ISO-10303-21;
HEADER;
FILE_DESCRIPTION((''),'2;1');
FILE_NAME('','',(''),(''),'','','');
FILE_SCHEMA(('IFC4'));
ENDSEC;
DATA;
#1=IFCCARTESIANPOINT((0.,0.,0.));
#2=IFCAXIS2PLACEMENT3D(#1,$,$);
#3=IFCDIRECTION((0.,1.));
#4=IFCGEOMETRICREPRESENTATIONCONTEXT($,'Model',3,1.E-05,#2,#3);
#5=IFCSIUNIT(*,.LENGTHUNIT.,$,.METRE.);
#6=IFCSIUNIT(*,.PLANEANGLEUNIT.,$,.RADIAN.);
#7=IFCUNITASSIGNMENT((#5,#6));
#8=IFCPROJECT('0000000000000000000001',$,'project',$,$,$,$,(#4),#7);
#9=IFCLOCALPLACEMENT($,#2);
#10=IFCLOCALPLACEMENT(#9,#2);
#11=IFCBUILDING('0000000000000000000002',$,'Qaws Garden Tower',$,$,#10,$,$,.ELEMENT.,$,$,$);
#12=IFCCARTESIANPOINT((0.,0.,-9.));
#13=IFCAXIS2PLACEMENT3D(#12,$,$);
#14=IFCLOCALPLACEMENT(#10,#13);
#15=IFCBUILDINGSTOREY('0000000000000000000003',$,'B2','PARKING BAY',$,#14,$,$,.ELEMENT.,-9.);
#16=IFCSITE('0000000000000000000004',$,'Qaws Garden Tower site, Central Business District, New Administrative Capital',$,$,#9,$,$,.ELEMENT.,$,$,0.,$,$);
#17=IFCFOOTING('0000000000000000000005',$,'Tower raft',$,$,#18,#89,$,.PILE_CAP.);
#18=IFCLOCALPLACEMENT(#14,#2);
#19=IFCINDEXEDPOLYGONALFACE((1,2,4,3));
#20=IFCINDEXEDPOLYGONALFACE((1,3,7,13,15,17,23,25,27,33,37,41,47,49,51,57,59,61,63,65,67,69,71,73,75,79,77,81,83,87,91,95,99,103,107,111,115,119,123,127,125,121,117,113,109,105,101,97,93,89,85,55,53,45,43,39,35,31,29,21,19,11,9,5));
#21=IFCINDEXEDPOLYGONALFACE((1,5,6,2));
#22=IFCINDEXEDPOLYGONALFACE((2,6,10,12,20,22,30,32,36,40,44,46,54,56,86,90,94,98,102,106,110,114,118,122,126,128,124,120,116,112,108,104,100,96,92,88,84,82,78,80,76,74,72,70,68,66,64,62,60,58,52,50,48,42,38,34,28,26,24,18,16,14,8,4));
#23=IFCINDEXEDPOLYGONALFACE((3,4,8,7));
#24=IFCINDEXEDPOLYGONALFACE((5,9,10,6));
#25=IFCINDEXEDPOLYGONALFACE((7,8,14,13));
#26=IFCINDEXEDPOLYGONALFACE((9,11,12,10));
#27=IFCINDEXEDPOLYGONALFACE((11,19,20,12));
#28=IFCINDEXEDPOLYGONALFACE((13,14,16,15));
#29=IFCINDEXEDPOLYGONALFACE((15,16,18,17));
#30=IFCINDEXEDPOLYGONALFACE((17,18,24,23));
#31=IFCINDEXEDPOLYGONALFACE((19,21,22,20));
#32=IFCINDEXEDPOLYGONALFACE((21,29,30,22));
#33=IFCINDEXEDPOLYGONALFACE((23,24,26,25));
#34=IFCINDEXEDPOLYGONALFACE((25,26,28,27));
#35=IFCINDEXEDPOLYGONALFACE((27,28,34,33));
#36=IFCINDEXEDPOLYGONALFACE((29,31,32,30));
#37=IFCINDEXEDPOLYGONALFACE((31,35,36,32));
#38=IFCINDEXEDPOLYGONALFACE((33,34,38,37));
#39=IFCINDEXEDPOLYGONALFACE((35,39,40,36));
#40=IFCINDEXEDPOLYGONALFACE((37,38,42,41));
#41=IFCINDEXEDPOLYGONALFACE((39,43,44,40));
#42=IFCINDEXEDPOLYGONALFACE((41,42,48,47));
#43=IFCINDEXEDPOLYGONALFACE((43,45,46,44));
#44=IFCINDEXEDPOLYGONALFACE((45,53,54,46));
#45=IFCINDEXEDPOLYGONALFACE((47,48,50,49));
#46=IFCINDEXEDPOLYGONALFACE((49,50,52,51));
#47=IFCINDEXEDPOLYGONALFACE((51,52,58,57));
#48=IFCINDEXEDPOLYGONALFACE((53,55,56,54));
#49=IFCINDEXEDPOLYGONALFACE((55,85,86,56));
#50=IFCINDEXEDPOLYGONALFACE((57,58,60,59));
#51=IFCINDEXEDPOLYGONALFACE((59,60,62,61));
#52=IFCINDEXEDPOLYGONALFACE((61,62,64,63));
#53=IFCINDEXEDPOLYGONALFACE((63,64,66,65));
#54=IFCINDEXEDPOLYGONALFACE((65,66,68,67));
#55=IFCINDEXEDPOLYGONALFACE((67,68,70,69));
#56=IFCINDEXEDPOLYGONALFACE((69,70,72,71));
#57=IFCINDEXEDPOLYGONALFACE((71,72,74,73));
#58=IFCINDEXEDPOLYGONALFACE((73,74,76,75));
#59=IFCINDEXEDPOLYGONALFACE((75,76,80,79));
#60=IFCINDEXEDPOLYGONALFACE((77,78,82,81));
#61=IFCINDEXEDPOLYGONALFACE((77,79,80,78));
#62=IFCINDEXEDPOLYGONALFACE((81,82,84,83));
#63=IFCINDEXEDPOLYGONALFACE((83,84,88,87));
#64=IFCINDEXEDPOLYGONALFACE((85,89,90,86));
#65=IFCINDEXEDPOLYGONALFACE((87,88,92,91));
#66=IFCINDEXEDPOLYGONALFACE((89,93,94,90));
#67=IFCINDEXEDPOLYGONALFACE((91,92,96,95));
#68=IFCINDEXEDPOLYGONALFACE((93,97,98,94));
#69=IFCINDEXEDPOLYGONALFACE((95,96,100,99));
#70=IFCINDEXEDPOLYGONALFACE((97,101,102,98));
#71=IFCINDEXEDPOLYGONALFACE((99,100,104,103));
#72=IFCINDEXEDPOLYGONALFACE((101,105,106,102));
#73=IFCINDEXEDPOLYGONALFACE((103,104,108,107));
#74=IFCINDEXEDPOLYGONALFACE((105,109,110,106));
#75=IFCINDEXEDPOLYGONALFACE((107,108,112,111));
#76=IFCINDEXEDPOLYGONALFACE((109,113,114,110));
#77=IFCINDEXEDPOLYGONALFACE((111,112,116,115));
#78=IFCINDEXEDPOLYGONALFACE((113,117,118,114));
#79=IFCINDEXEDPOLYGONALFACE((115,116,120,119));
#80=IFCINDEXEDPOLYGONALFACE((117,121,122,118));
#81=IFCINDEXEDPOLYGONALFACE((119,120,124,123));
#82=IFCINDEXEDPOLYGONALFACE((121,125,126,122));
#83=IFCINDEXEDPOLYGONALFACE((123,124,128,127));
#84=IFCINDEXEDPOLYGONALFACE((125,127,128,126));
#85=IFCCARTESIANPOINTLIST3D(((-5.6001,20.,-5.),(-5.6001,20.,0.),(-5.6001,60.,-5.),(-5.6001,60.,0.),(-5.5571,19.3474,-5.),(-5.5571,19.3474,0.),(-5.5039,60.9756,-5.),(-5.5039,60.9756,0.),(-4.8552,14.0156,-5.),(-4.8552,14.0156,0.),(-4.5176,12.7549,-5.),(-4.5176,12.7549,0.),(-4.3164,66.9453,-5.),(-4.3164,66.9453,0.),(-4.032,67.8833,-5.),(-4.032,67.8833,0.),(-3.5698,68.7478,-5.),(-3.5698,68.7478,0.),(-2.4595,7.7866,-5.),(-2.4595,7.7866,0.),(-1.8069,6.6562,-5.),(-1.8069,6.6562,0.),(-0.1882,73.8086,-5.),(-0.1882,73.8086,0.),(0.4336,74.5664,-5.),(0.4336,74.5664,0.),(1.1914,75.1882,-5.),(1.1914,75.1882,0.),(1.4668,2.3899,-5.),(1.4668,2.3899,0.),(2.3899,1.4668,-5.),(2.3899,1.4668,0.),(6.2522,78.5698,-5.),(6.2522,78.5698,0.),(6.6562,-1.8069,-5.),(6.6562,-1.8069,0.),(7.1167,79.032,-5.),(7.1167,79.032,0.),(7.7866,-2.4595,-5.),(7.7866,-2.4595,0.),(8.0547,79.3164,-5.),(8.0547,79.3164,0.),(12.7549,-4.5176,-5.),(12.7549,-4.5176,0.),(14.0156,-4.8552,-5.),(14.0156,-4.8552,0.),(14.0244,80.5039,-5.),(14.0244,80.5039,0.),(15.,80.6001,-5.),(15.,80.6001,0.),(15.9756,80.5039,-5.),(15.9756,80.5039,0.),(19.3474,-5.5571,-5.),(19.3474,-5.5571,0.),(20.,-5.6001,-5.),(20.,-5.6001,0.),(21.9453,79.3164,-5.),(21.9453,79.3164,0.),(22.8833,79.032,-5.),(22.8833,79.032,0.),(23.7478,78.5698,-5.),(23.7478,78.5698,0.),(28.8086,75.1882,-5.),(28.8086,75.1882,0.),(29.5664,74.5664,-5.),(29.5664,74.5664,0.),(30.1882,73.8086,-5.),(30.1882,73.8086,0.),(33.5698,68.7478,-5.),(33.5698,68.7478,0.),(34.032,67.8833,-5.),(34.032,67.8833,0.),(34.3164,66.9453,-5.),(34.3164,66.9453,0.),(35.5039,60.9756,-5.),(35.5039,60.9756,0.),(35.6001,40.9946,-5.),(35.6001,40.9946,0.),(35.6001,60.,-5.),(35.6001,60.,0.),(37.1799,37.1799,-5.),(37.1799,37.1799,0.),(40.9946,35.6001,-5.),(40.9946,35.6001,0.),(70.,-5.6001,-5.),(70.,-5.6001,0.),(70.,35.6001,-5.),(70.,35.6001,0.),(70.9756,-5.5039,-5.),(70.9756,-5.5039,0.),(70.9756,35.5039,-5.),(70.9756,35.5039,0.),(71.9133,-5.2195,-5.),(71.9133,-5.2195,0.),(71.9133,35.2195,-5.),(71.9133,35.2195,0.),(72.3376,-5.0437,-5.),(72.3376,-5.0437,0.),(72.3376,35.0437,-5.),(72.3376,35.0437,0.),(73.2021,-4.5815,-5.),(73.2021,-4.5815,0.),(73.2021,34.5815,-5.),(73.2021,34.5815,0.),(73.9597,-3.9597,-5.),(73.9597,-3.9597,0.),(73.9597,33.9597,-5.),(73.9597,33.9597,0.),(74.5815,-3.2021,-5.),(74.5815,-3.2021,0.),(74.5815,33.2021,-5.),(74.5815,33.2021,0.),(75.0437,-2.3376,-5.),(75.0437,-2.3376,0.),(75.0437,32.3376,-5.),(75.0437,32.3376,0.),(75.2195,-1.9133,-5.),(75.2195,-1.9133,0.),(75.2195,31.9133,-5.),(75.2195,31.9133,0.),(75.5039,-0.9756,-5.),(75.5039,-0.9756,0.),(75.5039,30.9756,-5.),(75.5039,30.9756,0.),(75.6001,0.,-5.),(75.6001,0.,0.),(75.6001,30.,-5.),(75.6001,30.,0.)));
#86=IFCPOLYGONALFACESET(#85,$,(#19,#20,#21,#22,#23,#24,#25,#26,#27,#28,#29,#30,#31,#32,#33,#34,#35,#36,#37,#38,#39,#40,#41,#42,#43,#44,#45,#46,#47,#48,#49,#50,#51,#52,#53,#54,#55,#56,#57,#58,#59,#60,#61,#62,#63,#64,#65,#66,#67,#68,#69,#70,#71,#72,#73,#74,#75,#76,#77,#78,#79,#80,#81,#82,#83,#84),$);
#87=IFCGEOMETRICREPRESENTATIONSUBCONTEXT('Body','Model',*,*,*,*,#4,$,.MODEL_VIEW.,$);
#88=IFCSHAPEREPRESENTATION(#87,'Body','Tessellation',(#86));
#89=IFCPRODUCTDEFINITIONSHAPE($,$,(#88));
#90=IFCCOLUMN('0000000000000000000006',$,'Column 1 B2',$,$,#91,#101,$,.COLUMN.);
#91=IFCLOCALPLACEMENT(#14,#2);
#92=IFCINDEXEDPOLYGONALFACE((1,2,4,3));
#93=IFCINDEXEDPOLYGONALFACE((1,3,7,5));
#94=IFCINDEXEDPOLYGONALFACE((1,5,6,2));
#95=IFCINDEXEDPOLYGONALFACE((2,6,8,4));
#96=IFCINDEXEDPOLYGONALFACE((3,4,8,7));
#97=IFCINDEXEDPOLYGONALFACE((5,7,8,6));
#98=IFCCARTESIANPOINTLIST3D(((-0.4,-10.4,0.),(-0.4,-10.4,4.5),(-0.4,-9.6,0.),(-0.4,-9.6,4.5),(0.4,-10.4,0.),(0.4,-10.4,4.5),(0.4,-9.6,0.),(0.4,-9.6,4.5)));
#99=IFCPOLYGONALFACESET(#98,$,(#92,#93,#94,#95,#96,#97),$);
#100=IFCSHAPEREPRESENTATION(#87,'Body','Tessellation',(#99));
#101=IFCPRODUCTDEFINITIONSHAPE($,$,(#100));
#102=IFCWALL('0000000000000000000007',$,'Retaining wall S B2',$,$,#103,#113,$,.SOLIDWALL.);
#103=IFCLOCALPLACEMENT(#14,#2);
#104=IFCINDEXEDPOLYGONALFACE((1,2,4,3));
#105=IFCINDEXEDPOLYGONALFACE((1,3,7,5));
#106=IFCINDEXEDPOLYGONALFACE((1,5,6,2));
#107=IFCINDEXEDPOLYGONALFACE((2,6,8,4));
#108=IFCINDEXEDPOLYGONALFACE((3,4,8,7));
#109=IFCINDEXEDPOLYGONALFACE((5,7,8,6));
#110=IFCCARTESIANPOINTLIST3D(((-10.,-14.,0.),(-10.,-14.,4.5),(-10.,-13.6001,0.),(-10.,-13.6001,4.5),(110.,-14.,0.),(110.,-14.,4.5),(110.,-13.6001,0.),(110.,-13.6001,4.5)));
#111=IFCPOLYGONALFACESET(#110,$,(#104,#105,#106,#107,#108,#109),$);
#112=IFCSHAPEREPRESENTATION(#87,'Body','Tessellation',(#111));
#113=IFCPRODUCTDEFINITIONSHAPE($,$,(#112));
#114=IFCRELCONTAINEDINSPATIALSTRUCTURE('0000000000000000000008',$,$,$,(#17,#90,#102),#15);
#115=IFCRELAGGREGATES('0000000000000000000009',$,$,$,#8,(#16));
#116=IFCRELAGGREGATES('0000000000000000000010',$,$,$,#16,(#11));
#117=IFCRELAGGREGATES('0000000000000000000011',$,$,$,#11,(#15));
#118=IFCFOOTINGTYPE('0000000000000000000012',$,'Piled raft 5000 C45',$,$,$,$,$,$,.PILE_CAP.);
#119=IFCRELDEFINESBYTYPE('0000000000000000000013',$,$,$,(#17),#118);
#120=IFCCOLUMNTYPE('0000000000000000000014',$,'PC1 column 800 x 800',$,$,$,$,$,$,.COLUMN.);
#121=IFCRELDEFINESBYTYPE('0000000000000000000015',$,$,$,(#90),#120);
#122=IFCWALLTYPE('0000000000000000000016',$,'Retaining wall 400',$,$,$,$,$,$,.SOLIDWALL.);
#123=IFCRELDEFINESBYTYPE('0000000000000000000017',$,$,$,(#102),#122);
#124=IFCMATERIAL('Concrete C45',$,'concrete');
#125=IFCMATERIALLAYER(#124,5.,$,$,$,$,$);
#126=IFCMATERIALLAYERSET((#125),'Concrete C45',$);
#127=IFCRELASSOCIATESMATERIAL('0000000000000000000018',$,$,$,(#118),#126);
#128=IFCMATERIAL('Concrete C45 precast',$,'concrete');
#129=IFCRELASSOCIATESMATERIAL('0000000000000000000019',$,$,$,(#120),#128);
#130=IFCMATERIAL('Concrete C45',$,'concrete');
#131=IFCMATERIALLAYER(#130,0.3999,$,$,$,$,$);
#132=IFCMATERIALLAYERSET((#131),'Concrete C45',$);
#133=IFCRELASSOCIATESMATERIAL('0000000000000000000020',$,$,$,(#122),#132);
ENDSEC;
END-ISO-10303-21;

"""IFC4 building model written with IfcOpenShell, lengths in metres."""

from ifc_helpers import new_model, si_unit, direction, frame, frame_2d, origin, origin_2d, place, context, subcontext, project, spatial, polyline, rectangle, outline, extrude, material, layer, layer_set, material_profile, profile_set, type_object, element, save


model = new_model("IFC4")

# Units and contexts
model_context = context("Model", 3, precision=1e-05, world=origin(), true_north=direction((0.0, 1.0)))
body_context = subcontext(model_context, "Body", "Model", "MODEL_VIEW")
ifc_project = project(units=[si_unit("LENGTHUNIT", "METRE"), si_unit("PLANEANGLEUNIT", "RADIAN")], contexts=[model_context])

# Site, building, storey
site_placement = place(None, origin())
site = spatial("IfcSite", under=ifc_project, at=site_placement, Name="Qaws Garden Tower site, Central Business District, New Administrative Capital", CompositionType="ELEMENT", RefElevation=0.0)
building_placement = place(site_placement, origin())
building = spatial("IfcBuilding", under=site, at=building_placement, Name="Qaws Garden Tower", CompositionType="ELEMENT")
storey_placement = place(building_placement, frame((0.0, 0.0, -9.0)))
storey = spatial("IfcBuildingStorey", under=building, at=storey_placement, Name="B2", Description="PARKING BAY", CompositionType="ELEMENT", Elevation=-9.0)

# Footing
ifc_material_1 = material(Name="Concrete C45", Category="concrete")
ifc_layer_1 = layer(ifc_material_1, 5.0)
ifc_layer_set_1 = layer_set([ifc_layer_1], Name="Concrete C45")
footing_type_1 = type_object("IfcFootingType", Name="Piled raft 5000 C45", PredefinedType="PILE_CAP", material=ifc_layer_set_1)
footing_1_placement = place(storey_placement, frame((0.0, 0.0, -5.0)))
element("IfcFooting", 1, at=footing_1_placement, inside=storey, type_object=footing_type_1, Name="Tower raft", PredefinedType="PILE_CAP", context=body_context, shape_type="SweptSolid", body=[
    extrude(outline(polyline([(-1.8069, 6.6562), (-2.4595, 7.7866), (-4.5176, 12.7549), (-4.8552, 14.0156), (-5.5571, 19.3474), (-5.6001, 20.0), (-5.6001, 60.0), (-5.5039, 60.9756), (-4.3164, 66.9453), (-4.032, 67.8833), (-3.5698, 68.7478), (-0.1882, 73.8086), (0.4336, 74.5664), (1.1914, 75.1882), (6.2522, 78.5698), (7.1167, 79.032), (8.0547, 79.3164), (14.0244, 80.5039), (15.0, 80.6001), (15.9756, 80.5039), (21.9453, 79.3164), (22.8833, 79.032), (23.7478, 78.5698), (28.8086, 75.1882), (29.5664, 74.5664), (30.1882, 73.8086), (33.5698, 68.7478), (34.032, 67.8833), (34.3164, 66.9453), (35.5039, 60.9756), (35.6001, 60.0), (35.6001, 40.9946), (37.1799, 37.1799), (40.9946, 35.6001), (70.0, 35.6001), (70.9756, 35.5039), (71.9133, 35.2195), (72.3376, 35.0437), (73.2021, 34.5815), (73.9597, 33.9597), (74.5815, 33.2021), (75.0437, 32.3376), (75.2195, 31.9133), (75.5039, 30.9756), (75.6001, 30.0), (75.6001, 0.0), (75.5039, -0.9756), (75.2195, -1.9133), (75.0437, -2.3376), (74.5815, -3.2021), (73.9597, -3.9597), (73.2021, -4.5815), (72.3376, -5.0437), (71.9133, -5.2195), (70.9756, -5.5039), (70.0, -5.6001), (20.0, -5.6001), (19.3474, -5.5571), (14.0156, -4.8552), (12.7549, -4.5176), (7.7866, -2.4595), (6.6562, -1.8069), (2.3899, 1.4668), (1.4668, 2.3899), (-1.8069, 6.6562)])), origin(), (0.0, 0.0, 1.0), 5.0),
])

# Column
ifc_material_2 = material(Name="Concrete C45 precast", Category="concrete")
ifc_material_profile = material_profile(ifc_material_2, rectangle(XDim=0.8, YDim=0.8, at=origin_2d()), Name="PC1 column 800 x 800")
ifc_profile_set = profile_set([ifc_material_profile], Name="Concrete C45 precast")
column_type = type_object("IfcColumnType", Name="PC1 column 800 x 800", PredefinedType="COLUMN", material=ifc_profile_set)
column_placement = place(storey_placement, frame((0.0, -10.0, 0.0), z_axis=(0.0, 0.0, 1.0), x_axis=(1.0, 0.0, 0.0)))
element("IfcColumn", 2, at=column_placement, inside=storey, type_object=column_type, Name="Column 1 B2", PredefinedType="COLUMN", context=body_context, shape_type="SweptSolid", body=[
    extrude(rectangle(XDim=0.8, YDim=0.8, at=origin_2d()), origin(), (0.0, 0.0, 1.0), 4.5),
])

# Wall
ifc_material_3 = material(Name="Concrete C45", Category="concrete")
ifc_layer_2 = layer(ifc_material_3, 0.3999)
ifc_layer_set_2 = layer_set([ifc_layer_2], Name="Concrete C45")
wall_type = type_object("IfcWallType", Name="Retaining wall 400", PredefinedType="SOLIDWALL", material=ifc_layer_set_2)
wall_placement = place(storey_placement, frame((-10.0, -13.8, 0.0), z_axis=(0.0, 0.0, 1.0), x_axis=(1.0, 0.0, 0.0)))
element("IfcWall", 3, at=wall_placement, inside=storey, type_object=wall_type, Name="Retaining wall S B2", PredefinedType="SOLIDWALL", context=body_context, shape_type="SweptSolid", body=[
    extrude(rectangle(XDim=120.0, YDim=0.3999, at=frame_2d((60.0, 0.0))), origin(), (0.0, 0.0, 1.0), 4.5),
])

save(model, "model.ifc")
